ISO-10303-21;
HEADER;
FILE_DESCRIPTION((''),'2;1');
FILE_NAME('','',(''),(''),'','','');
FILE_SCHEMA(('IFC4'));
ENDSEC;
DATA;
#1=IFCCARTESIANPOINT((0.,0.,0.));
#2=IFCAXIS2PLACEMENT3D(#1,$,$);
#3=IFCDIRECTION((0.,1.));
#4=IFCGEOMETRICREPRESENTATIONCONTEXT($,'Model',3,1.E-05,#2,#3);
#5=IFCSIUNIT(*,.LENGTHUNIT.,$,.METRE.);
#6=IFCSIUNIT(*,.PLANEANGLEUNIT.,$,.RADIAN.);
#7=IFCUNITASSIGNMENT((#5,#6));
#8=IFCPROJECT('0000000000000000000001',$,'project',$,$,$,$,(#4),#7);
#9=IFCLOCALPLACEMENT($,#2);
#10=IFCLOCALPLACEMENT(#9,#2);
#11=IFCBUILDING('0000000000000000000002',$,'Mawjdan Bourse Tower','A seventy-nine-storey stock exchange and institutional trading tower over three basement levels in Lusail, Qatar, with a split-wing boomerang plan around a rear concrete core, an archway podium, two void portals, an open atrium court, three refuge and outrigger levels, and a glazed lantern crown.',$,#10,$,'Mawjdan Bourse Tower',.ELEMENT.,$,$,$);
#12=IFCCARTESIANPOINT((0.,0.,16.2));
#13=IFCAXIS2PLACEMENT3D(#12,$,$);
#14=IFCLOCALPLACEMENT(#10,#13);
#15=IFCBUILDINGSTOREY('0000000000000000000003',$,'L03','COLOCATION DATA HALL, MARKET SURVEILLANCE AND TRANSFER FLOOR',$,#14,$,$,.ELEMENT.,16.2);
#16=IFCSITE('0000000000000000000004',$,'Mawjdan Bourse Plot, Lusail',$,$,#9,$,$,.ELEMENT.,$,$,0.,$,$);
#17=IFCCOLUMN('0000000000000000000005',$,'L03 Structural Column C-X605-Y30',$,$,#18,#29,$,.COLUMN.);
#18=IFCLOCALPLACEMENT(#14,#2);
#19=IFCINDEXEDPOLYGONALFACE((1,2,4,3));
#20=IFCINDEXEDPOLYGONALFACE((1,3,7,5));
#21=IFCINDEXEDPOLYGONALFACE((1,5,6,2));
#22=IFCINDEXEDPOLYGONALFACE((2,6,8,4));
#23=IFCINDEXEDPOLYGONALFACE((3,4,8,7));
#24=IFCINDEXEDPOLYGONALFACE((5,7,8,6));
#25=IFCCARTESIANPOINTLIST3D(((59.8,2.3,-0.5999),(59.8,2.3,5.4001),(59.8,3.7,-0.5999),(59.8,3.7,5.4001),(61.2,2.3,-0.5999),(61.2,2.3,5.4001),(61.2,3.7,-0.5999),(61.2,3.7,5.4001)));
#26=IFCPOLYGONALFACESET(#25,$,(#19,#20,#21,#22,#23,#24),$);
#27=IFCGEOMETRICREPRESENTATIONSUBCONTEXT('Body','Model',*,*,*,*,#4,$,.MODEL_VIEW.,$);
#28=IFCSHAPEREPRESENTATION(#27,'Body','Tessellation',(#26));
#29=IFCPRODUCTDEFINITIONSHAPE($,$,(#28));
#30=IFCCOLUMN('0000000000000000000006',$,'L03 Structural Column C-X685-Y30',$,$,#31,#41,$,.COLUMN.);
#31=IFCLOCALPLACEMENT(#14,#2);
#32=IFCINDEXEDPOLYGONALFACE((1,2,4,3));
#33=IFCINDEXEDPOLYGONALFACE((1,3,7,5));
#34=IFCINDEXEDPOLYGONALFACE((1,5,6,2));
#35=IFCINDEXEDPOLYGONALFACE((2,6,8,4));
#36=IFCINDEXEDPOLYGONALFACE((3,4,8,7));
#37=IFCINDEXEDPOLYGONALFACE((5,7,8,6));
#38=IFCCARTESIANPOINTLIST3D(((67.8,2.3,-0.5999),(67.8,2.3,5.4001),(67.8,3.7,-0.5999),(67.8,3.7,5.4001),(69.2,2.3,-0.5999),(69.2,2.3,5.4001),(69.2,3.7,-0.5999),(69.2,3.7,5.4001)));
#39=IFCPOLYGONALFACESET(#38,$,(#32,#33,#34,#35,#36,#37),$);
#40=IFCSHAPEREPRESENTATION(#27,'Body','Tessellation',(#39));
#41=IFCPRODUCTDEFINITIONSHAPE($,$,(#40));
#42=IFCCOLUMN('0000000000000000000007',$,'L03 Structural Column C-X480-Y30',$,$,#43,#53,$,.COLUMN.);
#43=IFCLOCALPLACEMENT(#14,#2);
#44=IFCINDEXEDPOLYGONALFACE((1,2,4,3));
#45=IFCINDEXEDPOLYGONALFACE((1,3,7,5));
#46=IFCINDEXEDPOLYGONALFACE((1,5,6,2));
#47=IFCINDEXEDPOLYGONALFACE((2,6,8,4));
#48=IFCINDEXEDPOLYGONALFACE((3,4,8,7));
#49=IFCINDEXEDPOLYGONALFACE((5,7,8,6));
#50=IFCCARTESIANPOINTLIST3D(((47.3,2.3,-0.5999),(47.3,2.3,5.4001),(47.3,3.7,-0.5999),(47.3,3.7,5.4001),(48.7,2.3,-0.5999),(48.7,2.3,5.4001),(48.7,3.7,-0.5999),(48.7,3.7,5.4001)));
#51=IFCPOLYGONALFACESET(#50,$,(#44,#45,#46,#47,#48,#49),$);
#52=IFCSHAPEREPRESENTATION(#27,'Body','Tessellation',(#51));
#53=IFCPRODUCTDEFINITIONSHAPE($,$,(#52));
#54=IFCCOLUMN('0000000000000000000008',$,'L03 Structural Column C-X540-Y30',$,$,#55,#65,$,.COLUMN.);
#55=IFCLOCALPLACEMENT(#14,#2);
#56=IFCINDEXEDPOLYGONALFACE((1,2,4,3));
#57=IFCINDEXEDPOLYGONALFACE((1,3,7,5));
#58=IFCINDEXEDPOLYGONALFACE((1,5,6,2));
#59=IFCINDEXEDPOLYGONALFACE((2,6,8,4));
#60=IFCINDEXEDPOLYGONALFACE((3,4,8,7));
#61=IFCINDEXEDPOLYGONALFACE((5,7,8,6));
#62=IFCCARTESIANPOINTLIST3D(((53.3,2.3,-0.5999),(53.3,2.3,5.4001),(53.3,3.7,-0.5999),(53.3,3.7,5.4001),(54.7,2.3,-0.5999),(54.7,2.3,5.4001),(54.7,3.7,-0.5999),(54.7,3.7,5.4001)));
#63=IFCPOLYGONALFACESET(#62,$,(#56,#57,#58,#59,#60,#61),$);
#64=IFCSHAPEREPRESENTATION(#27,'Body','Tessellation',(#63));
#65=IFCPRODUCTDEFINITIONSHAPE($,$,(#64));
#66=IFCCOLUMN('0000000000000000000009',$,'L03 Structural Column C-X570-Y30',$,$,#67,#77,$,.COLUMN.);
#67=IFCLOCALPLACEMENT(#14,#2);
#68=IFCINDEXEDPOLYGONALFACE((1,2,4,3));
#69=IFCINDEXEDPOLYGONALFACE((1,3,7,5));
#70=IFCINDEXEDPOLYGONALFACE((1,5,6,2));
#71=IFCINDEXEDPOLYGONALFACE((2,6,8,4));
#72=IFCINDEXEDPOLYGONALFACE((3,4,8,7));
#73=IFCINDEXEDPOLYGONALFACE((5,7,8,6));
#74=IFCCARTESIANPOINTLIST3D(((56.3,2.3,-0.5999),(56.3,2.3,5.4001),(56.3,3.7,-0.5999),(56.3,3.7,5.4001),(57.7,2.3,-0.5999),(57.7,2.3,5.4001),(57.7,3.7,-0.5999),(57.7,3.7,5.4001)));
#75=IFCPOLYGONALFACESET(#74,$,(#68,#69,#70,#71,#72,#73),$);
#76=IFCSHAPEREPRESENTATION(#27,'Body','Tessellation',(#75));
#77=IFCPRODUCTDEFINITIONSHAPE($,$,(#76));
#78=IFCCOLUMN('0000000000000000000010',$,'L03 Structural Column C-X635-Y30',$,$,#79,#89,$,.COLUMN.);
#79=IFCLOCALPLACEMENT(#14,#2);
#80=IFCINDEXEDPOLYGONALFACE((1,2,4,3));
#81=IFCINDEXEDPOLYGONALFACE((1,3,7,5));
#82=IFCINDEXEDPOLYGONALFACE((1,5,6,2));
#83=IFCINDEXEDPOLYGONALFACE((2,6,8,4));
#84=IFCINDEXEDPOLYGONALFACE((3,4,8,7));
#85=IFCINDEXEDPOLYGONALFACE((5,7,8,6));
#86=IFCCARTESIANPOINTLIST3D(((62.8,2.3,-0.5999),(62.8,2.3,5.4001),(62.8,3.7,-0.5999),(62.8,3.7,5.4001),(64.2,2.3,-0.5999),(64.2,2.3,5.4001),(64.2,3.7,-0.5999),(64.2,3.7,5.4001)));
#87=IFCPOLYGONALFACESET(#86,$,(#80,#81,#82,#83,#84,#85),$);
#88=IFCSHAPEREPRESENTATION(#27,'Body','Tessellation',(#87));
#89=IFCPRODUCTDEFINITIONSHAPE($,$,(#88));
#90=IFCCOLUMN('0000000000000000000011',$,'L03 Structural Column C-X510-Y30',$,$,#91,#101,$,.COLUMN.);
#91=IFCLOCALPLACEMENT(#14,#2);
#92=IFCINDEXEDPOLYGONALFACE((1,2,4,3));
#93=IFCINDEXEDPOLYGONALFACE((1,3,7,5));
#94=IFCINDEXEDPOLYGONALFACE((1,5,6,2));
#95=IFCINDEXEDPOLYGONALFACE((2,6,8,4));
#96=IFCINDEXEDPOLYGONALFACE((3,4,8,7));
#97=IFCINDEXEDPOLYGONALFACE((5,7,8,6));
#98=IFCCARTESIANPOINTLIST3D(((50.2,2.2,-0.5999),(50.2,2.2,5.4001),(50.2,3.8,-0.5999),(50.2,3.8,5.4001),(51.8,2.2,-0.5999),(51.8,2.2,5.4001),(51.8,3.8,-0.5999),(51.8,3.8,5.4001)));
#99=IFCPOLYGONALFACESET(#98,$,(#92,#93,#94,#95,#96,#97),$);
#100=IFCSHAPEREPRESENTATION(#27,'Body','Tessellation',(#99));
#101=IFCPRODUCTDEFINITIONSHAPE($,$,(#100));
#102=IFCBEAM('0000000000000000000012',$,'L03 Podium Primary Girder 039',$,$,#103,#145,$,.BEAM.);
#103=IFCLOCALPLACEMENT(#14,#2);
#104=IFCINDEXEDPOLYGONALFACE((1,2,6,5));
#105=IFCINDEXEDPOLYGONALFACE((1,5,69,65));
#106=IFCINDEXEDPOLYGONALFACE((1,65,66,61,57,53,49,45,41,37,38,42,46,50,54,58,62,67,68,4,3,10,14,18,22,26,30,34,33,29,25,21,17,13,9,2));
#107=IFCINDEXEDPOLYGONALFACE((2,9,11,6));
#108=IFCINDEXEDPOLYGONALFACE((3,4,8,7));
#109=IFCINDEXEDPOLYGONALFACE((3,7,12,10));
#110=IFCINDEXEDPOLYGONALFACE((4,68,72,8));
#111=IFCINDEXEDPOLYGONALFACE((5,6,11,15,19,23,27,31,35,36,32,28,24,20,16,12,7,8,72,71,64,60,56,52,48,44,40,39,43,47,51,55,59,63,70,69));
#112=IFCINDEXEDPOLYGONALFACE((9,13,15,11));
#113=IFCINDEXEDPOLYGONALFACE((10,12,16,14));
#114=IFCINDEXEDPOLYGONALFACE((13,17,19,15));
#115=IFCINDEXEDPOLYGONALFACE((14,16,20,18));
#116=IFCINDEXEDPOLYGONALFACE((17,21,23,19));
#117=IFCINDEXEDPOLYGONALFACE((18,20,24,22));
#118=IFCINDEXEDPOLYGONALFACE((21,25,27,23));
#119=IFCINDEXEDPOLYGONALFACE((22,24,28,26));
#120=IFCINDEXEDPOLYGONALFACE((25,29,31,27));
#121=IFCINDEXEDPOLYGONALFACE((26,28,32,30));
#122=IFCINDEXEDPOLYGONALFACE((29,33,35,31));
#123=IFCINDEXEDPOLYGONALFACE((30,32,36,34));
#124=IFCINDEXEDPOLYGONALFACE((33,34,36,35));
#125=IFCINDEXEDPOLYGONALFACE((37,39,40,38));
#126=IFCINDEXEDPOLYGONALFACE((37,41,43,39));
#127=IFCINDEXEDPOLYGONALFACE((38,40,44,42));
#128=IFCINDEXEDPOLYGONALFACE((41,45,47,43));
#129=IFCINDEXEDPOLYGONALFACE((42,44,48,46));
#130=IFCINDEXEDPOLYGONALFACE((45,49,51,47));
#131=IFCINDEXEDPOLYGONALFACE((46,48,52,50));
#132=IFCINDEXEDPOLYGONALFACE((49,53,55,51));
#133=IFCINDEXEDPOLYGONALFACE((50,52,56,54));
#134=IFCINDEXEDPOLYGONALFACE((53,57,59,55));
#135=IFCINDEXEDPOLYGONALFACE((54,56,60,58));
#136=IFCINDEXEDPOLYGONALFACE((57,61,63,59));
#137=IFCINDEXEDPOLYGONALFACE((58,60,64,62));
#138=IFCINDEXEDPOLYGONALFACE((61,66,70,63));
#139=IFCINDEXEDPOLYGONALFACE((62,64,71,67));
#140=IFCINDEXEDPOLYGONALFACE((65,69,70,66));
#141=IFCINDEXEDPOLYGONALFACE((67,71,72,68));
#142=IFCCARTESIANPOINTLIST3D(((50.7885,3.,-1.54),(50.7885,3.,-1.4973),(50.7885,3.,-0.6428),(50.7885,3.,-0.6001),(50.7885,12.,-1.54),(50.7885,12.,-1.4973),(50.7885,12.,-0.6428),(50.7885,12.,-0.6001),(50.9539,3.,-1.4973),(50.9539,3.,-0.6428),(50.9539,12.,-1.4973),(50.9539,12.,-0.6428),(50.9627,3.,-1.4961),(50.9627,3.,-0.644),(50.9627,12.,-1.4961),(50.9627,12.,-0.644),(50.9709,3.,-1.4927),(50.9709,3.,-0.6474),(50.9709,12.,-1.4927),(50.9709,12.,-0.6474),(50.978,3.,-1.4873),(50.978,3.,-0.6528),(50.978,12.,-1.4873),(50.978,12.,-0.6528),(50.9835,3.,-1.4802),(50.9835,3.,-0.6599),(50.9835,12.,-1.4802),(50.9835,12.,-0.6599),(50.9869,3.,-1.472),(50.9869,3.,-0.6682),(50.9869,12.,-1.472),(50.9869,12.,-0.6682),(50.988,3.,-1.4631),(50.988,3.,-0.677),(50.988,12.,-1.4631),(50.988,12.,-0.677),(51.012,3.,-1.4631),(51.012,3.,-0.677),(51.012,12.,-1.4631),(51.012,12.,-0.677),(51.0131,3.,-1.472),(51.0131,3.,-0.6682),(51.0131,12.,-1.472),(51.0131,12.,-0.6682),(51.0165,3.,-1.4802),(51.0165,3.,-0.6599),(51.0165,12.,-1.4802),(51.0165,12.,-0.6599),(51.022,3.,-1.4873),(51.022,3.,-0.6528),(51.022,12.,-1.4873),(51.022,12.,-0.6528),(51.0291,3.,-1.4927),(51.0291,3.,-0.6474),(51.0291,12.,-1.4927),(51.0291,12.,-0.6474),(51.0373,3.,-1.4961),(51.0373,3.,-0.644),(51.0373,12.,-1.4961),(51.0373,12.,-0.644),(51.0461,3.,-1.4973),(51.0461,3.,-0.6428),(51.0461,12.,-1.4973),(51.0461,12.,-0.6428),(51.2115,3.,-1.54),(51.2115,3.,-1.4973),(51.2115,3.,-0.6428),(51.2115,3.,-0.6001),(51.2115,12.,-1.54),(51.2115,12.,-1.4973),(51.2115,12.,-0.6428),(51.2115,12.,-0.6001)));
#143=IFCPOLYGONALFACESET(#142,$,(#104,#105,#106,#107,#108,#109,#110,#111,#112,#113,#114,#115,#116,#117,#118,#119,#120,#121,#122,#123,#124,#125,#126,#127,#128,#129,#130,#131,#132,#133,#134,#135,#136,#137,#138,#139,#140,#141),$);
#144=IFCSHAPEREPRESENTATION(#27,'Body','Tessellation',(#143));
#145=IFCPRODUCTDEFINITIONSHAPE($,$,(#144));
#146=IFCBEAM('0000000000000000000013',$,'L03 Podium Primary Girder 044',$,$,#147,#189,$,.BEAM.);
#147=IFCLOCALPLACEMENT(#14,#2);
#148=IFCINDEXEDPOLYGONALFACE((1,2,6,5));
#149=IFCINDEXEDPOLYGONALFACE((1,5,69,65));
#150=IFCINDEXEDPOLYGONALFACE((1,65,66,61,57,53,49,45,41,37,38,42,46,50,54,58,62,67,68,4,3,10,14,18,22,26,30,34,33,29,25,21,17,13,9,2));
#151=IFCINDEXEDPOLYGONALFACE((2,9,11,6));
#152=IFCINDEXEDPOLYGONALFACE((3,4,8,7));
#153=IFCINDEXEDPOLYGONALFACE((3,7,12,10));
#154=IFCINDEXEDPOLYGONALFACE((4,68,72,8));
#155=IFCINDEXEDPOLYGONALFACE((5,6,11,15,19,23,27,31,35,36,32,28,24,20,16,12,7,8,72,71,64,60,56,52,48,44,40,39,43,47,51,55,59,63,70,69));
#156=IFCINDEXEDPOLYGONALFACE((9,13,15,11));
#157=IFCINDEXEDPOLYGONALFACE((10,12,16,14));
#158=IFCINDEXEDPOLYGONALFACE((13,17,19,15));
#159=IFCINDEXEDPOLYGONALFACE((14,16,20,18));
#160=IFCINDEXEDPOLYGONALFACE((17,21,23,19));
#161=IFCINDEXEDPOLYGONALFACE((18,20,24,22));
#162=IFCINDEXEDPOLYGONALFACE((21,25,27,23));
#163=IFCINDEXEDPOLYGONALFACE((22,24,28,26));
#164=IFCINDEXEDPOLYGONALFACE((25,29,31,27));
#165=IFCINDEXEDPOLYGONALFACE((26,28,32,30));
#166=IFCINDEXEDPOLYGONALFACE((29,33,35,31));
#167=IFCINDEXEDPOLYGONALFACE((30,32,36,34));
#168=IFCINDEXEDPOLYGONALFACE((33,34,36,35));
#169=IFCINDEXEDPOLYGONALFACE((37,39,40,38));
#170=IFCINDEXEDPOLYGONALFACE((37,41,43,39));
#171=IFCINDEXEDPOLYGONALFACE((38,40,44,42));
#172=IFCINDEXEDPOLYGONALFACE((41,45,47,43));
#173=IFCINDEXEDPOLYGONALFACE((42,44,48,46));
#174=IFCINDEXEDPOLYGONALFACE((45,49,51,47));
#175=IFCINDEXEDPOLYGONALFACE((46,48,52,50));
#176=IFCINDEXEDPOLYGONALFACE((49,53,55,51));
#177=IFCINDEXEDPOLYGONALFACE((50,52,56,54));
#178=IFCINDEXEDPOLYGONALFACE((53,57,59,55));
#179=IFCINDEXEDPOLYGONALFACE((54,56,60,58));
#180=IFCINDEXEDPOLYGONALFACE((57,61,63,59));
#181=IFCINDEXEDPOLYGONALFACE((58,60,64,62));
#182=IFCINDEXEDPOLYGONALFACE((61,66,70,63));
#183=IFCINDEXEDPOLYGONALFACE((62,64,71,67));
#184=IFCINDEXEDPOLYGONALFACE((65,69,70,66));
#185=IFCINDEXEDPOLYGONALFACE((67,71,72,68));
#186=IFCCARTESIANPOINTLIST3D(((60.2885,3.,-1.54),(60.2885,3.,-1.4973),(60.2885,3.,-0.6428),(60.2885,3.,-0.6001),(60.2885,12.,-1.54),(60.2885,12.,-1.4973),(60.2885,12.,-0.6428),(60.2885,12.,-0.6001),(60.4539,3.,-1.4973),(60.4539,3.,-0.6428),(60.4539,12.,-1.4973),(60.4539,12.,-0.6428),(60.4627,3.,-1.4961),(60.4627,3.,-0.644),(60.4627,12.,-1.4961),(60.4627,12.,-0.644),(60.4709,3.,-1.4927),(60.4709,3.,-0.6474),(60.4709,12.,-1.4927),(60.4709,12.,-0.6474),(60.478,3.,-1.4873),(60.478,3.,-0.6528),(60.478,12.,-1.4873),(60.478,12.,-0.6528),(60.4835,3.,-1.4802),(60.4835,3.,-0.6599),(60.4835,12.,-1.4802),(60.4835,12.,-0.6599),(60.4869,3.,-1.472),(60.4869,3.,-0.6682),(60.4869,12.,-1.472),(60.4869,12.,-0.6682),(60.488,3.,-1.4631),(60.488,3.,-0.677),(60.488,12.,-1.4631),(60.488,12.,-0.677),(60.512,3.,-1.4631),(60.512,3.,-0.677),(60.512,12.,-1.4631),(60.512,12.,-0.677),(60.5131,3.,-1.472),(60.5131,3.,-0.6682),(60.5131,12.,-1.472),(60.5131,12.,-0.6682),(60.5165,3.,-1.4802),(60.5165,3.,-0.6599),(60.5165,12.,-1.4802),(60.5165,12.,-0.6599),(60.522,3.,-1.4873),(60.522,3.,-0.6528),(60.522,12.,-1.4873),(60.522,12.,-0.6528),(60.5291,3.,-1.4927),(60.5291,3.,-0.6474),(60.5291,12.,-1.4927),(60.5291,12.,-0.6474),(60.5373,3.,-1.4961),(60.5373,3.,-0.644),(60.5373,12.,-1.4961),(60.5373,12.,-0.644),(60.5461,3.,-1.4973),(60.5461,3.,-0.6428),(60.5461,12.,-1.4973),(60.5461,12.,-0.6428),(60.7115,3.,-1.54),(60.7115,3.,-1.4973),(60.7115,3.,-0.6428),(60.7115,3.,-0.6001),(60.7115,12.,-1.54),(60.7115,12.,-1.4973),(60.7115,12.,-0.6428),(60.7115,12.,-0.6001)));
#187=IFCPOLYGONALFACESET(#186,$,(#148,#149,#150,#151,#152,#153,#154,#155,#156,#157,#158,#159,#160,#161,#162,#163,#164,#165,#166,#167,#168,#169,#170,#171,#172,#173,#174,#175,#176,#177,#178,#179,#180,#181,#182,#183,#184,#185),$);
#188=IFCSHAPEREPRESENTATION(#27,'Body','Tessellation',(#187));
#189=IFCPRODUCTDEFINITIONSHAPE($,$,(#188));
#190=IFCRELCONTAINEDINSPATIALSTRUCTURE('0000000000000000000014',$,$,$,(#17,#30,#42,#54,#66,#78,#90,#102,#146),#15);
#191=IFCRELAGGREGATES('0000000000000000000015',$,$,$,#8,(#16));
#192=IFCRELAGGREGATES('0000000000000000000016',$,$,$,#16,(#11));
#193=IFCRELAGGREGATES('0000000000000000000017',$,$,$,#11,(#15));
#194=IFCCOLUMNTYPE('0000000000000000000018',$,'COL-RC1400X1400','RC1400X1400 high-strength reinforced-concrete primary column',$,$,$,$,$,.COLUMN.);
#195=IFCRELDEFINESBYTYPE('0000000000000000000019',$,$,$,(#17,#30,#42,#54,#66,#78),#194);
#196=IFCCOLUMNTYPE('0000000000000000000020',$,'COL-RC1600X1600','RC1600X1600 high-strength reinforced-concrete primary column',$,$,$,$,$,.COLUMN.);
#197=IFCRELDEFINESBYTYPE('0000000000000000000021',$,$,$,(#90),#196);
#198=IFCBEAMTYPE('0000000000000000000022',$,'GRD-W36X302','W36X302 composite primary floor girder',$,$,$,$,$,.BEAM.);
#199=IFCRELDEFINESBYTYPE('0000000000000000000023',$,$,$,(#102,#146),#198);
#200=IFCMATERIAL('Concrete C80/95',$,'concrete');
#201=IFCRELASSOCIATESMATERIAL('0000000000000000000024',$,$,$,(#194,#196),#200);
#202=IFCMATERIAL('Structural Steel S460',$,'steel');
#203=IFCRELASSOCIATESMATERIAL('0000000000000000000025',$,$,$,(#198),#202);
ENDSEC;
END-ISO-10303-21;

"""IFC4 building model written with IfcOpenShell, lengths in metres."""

from ifc_helpers import new_model, si_unit, direction, frame, origin, origin_2d, place, context, subcontext, project, spatial, rectangle, i_section, extrude, material, material_profile, profile_set, type_object, element, save


model = new_model("IFC4")

# Units and contexts
model_context = context("Model", 3, precision=1e-05, world=origin(), true_north=direction((0.0, 1.0)))
body_context = subcontext(model_context, "Body", "Model", "MODEL_VIEW")
ifc_project = project(units=[si_unit("LENGTHUNIT", "METRE"), si_unit("PLANEANGLEUNIT", "RADIAN")], contexts=[model_context])

# Site, building, storey
site_placement = place(None, origin())
site = spatial("IfcSite", under=ifc_project, at=site_placement, Name="Mawjdan Bourse Plot, Lusail", CompositionType="ELEMENT", RefElevation=0.0)
building_placement = place(site_placement, origin())
building = spatial("IfcBuilding", under=site, at=building_placement, Name="Mawjdan Bourse Tower", Description="A seventy-nine-storey stock exchange and institutional trading tower over three basement levels in Lusail, Qatar, with a split-wing boomerang plan around a rear concrete core, an archway podium, two void portals, an open atrium court, three refuge and outrigger levels, and a glazed lantern crown.", LongName="Mawjdan Bourse Tower", CompositionType="ELEMENT")
storey_placement = place(building_placement, frame((0.0, 0.0, 16.2)))
storey = spatial("IfcBuildingStorey", under=building, at=storey_placement, Name="L03", Description="COLOCATION DATA HALL, MARKET SURVEILLANCE AND TRANSFER FLOOR", CompositionType="ELEMENT", Elevation=16.2)

# Columns
ifc_material_1 = material(Name="Concrete C80/95", Category="concrete")
ifc_material_profile_1 = material_profile(ifc_material_1, rectangle(XDim=1.3999, YDim=1.3999, at=origin_2d()), Name="RC1400X1400")
ifc_profile_set_1 = profile_set([ifc_material_profile_1], Name="Concrete C80/95")
column_type_1 = type_object("IfcColumnType", Name="COL-RC1400X1400", Description="RC1400X1400 high-strength reinforced-concrete primary column", PredefinedType="COLUMN", material=ifc_profile_set_1)
for number, where, z_axis, x_axis, name in (
    (1, (60.5, 3.0, -0.5999), (0.0, 0.0, 1.0), (1.0, 0.0, 0.0), "L03 Structural Column C-X605-Y30"),
    (2, (68.5, 3.0, -0.5999), (0.0, 0.0, 1.0), (1.0, 0.0, 0.0), "L03 Structural Column C-X685-Y30"),
    (3, (48.0, 3.0, -0.5999), (0.0, 0.0, 1.0), (1.0, 0.0, 0.0), "L03 Structural Column C-X480-Y30"),
    (4, (54.0, 3.0, -0.5999), (0.0, 0.0, 1.0), (1.0, 0.0, 0.0), "L03 Structural Column C-X540-Y30"),
    (5, (57.0, 3.0, -0.5999), (0.0, 0.0, 1.0), (1.0, 0.0, 0.0), "L03 Structural Column C-X570-Y30"),
    (6, (63.5, 3.0, -0.5999), (0.0, 0.0, 1.0), (1.0, 0.0, 0.0), "L03 Structural Column C-X635-Y30"),
):
    element("IfcColumn", number, at=place(storey_placement, frame(where, z_axis=z_axis, x_axis=x_axis)), inside=storey, type_object=column_type_1, Name=name, PredefinedType="COLUMN", context=body_context, shape_type="SweptSolid", body=[
        extrude(rectangle(XDim=1.3999, YDim=1.3999, at=origin_2d()), origin(), (0.0, 0.0, 1.0), 6.0),
    ])
ifc_material_profile_2 = material_profile(ifc_material_1, rectangle(XDim=1.6001, YDim=1.6001, at=origin_2d()), Name="RC1600X1600")
ifc_profile_set_2 = profile_set([ifc_material_profile_2], Name="Concrete C80/95")
column_type_2 = type_object("IfcColumnType", Name="COL-RC1600X1600", Description="RC1600X1600 high-strength reinforced-concrete primary column", PredefinedType="COLUMN", material=ifc_profile_set_2)
column_placement = place(storey_placement, frame((51.0, 3.0, -0.5999), z_axis=(0.0, 0.0, 1.0), x_axis=(1.0, 0.0, 0.0)))
element("IfcColumn", 7, at=column_placement, inside=storey, type_object=column_type_2, Name="L03 Structural Column C-X510-Y30", PredefinedType="COLUMN", context=body_context, shape_type="SweptSolid", body=[
    extrude(rectangle(XDim=1.6001, YDim=1.6001, at=origin_2d()), origin(), (0.0, 0.0, 1.0), 6.0),
])

# Beams
ifc_material_2 = material(Name="Structural Steel S460", Category="steel")
ifc_material_profile_3 = material_profile(ifc_material_2, i_section(OverallWidth=0.4231, OverallDepth=0.9399, WebThickness=0.0239, FlangeThickness=0.0427, FilletRadius=0.0342, at=origin_2d()), Name="W36X302")
ifc_profile_set_3 = profile_set([ifc_material_profile_3], Name="Structural Steel S460")
beam_type_1 = type_object("IfcBeamType", Name="GRD-W36X302", Description="W36X302 composite primary floor girder", PredefinedType="BEAM", material=ifc_profile_set_3)
for number, where, z_axis, x_axis, name in (
    (8, (51.0, 3.0, -1.0701), (0.0, 1.0, 0.0), (-1.0, 0.0, 0.0), "L03 Podium Primary Girder 039"),
    (9, (60.5, 3.0, -1.0701), (0.0, 1.0, 0.0), (-1.0, 0.0, 0.0), "L03 Podium Primary Girder 044"),
):
    element("IfcBeam", number, at=place(storey_placement, frame(where, z_axis=z_axis, x_axis=x_axis)), inside=storey, type_object=beam_type_1, Name=name, PredefinedType="BEAM", context=body_context, shape_type="SweptSolid", body=[
        extrude(i_section(OverallWidth=0.4231, OverallDepth=0.9399, WebThickness=0.0239, FlangeThickness=0.0427, FilletRadius=0.0342, at=origin_2d()), origin(), (0.0, 0.0, 1.0), 9.0),
    ])

save(model, "model.ifc")
